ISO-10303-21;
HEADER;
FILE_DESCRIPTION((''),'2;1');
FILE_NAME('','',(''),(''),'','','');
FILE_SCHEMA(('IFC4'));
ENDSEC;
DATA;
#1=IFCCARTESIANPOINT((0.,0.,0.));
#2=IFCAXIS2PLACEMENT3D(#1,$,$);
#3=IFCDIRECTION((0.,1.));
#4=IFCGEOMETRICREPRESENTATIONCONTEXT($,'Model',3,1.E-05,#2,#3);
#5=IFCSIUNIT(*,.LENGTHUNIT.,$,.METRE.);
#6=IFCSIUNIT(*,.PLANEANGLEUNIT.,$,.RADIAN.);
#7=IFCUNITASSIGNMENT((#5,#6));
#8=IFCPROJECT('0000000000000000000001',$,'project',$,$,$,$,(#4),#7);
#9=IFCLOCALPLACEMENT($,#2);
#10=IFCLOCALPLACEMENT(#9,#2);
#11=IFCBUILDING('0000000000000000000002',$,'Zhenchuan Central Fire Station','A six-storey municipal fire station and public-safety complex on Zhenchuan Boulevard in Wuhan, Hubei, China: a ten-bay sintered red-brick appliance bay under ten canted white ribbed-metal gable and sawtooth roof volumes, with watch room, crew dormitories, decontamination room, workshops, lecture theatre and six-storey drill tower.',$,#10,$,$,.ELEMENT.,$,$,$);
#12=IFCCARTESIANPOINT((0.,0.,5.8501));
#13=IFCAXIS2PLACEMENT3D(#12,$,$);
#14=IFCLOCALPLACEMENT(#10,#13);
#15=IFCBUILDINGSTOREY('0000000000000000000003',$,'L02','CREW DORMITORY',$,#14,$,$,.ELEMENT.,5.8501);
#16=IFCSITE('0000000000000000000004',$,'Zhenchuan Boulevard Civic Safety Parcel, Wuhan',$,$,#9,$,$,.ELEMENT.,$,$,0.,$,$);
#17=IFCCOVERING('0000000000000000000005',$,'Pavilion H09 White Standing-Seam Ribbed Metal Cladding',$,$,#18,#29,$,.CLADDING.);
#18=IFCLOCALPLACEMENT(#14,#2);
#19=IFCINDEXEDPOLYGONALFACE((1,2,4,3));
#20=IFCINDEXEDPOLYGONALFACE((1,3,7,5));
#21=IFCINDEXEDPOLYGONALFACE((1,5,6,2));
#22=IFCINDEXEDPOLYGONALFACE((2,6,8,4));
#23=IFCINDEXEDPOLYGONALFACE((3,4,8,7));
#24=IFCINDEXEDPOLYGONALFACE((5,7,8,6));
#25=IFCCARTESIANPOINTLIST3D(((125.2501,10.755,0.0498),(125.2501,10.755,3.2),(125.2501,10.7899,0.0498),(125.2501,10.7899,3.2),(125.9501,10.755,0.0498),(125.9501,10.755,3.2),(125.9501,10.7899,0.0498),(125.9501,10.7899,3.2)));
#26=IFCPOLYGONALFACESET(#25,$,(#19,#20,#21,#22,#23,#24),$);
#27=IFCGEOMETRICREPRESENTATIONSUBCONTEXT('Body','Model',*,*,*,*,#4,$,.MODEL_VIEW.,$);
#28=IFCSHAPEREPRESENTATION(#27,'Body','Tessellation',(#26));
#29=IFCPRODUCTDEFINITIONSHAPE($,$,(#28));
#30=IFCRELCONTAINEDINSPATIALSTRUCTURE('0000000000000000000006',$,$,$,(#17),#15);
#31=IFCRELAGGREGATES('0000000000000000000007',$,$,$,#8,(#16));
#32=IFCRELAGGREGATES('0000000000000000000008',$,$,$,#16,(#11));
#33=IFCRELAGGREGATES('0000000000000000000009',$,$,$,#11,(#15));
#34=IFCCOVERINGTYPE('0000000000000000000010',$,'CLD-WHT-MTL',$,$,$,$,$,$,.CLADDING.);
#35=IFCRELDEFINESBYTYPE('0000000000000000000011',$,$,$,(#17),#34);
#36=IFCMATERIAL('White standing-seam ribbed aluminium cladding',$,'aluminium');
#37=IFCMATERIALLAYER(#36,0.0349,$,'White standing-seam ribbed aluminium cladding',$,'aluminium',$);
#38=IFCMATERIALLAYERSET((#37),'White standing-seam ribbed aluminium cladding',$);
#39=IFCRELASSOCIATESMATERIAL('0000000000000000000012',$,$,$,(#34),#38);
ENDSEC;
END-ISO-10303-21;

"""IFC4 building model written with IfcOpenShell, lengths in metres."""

from ifc_helpers import new_model, si_unit, direction, frame, frame_2d, origin, place, context, subcontext, project, spatial, rectangle, extrude, material, layer, layer_set, type_object, element, save


model = new_model("IFC4")

# Units and contexts
model_context = context("Model", 3, precision=1e-05, world=origin(), true_north=direction((0.0, 1.0)))
body_context = subcontext(model_context, "Body", "Model", "MODEL_VIEW")
ifc_project = project(units=[si_unit("LENGTHUNIT", "METRE"), si_unit("PLANEANGLEUNIT", "RADIAN")], contexts=[model_context])

# Site, building, storey
site_placement = place(None, origin())
site = spatial("IfcSite", under=ifc_project, at=site_placement, Name="Zhenchuan Boulevard Civic Safety Parcel, Wuhan", CompositionType="ELEMENT", RefElevation=0.0)
building_placement = place(site_placement, origin())
building = spatial("IfcBuilding", under=site, at=building_placement, Name="Zhenchuan Central Fire Station", Description="A six-storey municipal fire station and public-safety complex on Zhenchuan Boulevard in Wuhan, Hubei, China: a ten-bay sintered red-brick appliance bay under ten canted white ribbed-metal gable and sawtooth roof volumes, with watch room, crew dormitories, decontamination room, workshops, lecture theatre and six-storey drill tower.", CompositionType="ELEMENT")
storey_placement = place(building_placement, frame((0.0, 0.0, 5.8501)))
storey = spatial("IfcBuildingStorey", under=building, at=storey_placement, Name="L02", Description="CREW DORMITORY", CompositionType="ELEMENT", Elevation=5.8501)

# Covering
ifc_material_1 = material(Name="White standing-seam ribbed aluminium cladding", Category="aluminium")
ifc_layer_1 = layer(ifc_material_1, 0.0349, Name="White standing-seam ribbed aluminium cladding", Category="aluminium")
ifc_layer_set_1 = layer_set([ifc_layer_1], Name="White standing-seam ribbed aluminium cladding")
covering_type_1 = type_object("IfcCoveringType", Name="CLD-WHT-MTL", PredefinedType="CLADDING", material=ifc_layer_set_1)
covering_1_placement = place(storey_placement, frame((125.25, 10.7725, 0.0498), z_axis=(0.0, 0.0, 1.0), x_axis=(1.0, 0.0, 0.0)))
element("IfcCovering", 1, at=covering_1_placement, inside=storey, type_object=covering_type_1, Name="Pavilion H09 White Standing-Seam Ribbed Metal Cladding", PredefinedType="CLADDING", context=body_context, shape_type="SweptSolid", body=[
    extrude(rectangle(XDim=0.7, YDim=0.0349, at=frame_2d((0.3501, 0.0))), origin(), (0.0, 0.0, 1.0), 3.1501),
])

save(model, "model.ifc")
